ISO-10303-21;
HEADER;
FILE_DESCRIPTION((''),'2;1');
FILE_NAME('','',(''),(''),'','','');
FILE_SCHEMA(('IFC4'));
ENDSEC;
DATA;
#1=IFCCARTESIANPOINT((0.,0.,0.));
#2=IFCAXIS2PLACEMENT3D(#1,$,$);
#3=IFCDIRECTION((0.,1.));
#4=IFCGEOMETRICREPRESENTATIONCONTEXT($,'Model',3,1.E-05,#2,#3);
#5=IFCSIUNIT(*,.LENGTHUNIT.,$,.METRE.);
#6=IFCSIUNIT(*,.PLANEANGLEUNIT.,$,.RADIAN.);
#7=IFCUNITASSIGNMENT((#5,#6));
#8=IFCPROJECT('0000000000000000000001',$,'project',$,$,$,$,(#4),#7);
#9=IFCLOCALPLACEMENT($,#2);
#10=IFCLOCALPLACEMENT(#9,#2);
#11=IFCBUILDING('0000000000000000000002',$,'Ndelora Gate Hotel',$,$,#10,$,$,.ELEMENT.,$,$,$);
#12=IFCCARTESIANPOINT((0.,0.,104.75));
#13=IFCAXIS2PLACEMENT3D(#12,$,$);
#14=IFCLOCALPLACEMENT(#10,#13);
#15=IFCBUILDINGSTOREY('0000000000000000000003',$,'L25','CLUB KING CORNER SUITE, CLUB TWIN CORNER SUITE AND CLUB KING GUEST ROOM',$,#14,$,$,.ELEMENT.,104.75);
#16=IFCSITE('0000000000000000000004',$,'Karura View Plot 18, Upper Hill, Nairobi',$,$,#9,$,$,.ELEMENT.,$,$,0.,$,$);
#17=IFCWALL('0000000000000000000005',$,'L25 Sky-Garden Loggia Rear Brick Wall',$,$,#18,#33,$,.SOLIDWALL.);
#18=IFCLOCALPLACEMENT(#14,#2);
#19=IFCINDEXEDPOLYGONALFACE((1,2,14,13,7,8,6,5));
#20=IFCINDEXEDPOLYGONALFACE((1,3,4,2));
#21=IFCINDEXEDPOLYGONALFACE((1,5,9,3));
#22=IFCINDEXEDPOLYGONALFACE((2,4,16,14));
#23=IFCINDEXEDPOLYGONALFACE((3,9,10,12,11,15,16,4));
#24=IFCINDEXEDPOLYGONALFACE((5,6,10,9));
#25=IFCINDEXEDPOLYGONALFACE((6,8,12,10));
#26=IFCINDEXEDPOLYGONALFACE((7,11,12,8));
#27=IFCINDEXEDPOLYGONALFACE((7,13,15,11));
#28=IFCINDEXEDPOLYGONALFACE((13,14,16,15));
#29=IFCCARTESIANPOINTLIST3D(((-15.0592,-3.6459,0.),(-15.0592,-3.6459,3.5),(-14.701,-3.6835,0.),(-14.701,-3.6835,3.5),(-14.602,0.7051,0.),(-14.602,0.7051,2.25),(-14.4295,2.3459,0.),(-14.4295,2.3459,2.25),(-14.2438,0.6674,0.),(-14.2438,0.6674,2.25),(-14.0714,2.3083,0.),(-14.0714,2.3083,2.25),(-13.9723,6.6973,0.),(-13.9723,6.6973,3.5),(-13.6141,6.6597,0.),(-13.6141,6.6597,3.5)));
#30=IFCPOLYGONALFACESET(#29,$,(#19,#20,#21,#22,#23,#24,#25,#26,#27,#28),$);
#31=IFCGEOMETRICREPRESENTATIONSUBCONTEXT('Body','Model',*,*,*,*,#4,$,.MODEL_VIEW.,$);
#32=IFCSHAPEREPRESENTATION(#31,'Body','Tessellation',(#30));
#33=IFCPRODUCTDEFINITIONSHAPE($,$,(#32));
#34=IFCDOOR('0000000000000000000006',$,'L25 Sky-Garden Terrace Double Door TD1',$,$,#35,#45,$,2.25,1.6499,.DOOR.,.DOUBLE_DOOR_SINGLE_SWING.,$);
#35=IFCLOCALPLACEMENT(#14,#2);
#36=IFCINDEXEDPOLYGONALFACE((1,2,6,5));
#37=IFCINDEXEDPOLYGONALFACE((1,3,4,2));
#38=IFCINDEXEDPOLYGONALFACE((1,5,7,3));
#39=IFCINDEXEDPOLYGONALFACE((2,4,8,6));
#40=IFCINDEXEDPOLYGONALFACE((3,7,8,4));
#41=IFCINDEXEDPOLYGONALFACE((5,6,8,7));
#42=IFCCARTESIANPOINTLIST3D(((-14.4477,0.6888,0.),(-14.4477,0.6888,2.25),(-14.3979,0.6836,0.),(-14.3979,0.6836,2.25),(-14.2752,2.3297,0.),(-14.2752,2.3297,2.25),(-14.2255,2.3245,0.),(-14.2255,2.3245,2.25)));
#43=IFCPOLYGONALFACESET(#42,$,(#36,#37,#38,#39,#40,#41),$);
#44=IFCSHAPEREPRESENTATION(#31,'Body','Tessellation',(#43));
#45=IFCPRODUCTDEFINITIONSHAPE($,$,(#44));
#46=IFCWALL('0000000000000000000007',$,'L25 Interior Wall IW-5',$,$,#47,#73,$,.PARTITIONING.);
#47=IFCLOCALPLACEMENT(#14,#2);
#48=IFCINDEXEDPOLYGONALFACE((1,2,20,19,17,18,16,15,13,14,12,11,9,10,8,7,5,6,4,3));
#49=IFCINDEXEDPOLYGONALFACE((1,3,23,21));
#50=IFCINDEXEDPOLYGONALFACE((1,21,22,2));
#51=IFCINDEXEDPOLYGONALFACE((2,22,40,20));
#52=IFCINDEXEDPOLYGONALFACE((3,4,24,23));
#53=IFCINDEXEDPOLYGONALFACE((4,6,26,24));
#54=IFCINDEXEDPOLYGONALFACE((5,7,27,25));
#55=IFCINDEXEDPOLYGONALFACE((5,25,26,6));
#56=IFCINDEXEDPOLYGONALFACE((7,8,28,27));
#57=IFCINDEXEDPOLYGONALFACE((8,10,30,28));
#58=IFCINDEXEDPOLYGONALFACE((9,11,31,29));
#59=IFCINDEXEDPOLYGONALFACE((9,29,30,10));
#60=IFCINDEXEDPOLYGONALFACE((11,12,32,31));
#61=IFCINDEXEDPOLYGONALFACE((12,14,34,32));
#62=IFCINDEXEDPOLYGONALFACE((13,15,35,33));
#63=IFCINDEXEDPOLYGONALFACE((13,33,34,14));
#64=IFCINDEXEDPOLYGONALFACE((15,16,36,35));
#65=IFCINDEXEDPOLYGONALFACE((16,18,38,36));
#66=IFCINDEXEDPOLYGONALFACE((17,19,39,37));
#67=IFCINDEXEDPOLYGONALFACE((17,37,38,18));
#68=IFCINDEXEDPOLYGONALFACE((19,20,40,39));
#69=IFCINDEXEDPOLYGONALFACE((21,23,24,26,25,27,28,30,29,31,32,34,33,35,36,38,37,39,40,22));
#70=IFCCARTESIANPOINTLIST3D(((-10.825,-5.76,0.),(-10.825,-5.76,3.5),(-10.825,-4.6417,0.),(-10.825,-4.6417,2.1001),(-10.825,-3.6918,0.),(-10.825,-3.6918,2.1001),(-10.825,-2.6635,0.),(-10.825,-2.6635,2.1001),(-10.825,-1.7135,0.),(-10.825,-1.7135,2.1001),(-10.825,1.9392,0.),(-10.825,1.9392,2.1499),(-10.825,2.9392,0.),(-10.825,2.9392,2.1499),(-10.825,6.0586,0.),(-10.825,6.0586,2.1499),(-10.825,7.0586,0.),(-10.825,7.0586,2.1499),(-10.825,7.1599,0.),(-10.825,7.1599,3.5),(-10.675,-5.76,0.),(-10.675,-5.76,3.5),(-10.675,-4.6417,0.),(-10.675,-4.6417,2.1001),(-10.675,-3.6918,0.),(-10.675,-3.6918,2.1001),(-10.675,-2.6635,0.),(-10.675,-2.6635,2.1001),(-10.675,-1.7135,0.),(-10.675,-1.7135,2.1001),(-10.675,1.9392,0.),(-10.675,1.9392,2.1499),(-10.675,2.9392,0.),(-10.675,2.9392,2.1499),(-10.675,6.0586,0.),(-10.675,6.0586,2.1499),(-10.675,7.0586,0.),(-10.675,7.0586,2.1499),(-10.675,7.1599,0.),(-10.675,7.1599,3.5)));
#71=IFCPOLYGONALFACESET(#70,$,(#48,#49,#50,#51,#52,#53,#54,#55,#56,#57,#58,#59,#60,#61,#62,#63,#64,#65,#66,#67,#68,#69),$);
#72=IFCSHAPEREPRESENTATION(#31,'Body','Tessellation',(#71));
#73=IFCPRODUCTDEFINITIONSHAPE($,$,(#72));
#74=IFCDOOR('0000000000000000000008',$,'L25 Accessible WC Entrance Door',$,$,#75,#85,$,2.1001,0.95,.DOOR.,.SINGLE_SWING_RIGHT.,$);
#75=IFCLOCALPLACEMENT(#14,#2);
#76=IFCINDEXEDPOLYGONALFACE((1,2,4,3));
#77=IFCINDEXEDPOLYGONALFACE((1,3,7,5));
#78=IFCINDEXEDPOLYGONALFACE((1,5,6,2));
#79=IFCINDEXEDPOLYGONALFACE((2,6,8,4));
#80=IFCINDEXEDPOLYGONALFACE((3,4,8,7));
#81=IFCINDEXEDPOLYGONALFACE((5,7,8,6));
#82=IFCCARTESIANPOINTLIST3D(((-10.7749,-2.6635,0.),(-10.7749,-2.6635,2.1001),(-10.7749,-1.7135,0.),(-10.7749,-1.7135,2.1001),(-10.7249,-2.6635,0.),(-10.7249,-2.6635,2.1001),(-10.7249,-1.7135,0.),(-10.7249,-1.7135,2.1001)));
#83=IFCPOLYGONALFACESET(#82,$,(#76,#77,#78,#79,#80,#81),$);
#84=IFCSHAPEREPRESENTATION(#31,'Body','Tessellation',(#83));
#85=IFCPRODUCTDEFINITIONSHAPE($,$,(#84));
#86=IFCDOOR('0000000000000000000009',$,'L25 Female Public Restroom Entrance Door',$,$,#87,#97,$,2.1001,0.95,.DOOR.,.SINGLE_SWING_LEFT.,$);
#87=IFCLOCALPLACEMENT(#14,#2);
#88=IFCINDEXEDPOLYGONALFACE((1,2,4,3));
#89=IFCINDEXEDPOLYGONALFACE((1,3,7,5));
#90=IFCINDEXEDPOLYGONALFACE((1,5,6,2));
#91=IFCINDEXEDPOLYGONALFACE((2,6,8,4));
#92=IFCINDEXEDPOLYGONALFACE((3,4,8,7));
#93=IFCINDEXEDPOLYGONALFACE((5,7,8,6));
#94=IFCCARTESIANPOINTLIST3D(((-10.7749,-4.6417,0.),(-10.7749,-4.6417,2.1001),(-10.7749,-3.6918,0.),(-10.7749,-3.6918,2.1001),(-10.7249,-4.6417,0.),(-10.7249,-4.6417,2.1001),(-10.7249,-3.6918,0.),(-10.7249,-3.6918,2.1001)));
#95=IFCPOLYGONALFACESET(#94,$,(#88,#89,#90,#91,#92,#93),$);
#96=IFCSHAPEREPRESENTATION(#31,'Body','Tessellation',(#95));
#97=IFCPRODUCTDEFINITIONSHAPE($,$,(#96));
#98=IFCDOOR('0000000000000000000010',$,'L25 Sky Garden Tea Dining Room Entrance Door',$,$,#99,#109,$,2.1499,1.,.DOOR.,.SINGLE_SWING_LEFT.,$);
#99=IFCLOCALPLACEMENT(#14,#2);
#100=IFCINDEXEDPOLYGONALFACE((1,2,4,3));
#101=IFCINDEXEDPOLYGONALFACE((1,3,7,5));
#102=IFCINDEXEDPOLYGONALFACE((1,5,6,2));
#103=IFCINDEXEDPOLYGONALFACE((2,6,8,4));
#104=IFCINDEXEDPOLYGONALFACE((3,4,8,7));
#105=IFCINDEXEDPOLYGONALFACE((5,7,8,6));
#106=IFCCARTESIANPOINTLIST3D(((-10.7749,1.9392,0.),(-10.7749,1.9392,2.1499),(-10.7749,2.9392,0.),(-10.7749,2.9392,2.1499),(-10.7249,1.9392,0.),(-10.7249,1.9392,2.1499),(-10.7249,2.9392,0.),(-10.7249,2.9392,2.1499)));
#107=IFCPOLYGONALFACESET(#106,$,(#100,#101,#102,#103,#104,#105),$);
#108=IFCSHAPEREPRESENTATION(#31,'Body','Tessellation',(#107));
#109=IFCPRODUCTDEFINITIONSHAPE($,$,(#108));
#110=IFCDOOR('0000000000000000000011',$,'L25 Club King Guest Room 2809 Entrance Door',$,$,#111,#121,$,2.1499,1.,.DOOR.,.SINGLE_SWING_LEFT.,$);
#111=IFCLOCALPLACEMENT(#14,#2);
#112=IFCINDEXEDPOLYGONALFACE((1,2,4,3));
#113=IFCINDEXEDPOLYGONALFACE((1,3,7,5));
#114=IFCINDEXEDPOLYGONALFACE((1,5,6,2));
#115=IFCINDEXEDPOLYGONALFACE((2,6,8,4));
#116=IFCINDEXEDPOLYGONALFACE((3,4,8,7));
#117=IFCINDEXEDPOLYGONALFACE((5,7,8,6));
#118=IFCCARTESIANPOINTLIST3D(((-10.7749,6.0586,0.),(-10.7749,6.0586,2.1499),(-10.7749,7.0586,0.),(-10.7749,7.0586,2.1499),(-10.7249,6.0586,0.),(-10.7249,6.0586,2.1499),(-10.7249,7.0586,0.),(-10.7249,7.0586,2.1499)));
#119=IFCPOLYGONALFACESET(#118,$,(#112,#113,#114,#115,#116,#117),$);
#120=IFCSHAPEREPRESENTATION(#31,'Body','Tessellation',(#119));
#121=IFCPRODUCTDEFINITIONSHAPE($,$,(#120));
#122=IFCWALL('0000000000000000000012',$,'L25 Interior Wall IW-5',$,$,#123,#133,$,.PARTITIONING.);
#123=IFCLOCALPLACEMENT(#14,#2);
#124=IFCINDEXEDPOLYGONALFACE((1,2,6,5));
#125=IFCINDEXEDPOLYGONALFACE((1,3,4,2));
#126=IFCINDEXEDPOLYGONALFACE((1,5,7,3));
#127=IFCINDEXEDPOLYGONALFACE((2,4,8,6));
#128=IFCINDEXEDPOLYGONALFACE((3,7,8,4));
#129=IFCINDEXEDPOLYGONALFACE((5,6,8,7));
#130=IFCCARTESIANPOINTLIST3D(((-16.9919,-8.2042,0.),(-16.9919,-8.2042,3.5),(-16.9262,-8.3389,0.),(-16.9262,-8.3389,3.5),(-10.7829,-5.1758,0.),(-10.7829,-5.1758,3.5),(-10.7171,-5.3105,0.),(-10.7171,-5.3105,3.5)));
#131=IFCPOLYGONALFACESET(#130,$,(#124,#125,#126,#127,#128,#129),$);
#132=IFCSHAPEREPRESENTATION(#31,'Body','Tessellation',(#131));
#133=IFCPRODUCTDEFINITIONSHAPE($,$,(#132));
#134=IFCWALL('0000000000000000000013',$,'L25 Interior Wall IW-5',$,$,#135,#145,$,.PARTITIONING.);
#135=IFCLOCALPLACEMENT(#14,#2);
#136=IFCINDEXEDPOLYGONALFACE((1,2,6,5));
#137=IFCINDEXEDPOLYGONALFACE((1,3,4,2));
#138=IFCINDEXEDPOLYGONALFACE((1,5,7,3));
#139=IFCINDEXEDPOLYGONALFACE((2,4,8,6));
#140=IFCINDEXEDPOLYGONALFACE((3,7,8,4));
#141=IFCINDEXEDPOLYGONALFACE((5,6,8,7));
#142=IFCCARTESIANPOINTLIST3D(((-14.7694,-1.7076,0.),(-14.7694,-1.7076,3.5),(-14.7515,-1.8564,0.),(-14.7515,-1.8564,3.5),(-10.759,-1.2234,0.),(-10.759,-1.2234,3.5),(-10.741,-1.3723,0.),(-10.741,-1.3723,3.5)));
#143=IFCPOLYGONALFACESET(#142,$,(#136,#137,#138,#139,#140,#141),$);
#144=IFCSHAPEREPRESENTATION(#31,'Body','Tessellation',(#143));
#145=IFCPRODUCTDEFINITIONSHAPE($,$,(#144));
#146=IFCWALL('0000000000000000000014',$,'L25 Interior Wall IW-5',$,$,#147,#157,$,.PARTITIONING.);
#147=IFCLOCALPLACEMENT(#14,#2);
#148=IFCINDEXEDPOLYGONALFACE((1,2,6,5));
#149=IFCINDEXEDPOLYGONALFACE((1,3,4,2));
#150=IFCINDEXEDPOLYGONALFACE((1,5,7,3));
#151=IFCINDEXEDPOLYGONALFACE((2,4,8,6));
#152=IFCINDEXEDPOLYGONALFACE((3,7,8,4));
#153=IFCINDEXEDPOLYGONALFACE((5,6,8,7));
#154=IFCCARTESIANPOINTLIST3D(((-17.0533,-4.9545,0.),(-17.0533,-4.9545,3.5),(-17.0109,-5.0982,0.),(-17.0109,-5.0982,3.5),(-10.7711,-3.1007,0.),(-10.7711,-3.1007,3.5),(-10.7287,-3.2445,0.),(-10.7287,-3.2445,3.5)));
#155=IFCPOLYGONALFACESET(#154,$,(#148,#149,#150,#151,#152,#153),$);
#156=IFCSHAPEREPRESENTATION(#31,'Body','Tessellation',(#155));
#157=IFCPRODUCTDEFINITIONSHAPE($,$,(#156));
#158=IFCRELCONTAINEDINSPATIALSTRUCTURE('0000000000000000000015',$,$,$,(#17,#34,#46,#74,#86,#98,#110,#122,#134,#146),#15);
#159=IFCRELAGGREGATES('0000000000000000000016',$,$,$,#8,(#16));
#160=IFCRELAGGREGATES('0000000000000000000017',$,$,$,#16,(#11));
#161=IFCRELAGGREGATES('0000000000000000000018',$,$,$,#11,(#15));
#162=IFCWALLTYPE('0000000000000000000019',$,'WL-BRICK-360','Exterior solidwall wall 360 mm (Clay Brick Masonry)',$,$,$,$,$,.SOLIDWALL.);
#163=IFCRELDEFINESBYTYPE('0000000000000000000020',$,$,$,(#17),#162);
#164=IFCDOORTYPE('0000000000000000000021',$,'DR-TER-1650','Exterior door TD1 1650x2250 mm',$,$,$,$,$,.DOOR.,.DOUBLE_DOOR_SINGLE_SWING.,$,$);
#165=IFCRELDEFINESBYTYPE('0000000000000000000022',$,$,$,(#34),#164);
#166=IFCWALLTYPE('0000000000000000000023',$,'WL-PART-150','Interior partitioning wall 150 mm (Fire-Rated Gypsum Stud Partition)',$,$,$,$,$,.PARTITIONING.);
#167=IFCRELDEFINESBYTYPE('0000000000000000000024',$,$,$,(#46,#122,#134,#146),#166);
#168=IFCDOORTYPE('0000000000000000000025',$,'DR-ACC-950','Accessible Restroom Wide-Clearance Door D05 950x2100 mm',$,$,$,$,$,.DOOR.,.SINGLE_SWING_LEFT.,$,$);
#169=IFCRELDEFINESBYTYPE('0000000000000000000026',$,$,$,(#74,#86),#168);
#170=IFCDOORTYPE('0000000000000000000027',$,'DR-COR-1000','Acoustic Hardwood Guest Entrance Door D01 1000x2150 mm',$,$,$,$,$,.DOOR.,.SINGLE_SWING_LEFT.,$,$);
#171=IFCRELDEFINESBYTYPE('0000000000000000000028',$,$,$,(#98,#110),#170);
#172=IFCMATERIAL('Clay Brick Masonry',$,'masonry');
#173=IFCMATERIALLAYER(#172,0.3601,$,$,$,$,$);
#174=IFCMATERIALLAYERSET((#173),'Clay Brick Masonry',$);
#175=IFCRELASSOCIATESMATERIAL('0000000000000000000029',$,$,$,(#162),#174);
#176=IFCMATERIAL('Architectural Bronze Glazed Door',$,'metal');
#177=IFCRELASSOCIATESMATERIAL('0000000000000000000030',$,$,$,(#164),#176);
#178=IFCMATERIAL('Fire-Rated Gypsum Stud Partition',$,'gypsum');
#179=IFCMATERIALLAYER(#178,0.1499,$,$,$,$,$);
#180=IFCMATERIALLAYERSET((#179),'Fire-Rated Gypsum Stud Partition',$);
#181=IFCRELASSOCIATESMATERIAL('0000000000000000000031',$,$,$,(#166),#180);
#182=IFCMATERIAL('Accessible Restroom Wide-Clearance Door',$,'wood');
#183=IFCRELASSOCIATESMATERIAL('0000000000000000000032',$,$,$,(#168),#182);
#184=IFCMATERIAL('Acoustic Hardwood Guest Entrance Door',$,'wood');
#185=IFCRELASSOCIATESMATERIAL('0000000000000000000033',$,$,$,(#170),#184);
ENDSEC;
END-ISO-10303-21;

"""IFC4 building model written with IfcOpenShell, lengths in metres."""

from ifc_helpers import new_model, si_unit, direction, frame, frame_2d, origin, place, context, subcontext, project, spatial, rectangle, extrude, material, layer, layer_set, type_object, element, fill, save


model = new_model("IFC4")

# Units and contexts
model_context = context("Model", 3, precision=1e-05, world=origin(), true_north=direction((0.0, 1.0)))
body_context = subcontext(model_context, "Body", "Model", "MODEL_VIEW")
ifc_project = project(units=[si_unit("LENGTHUNIT", "METRE"), si_unit("PLANEANGLEUNIT", "RADIAN")], contexts=[model_context])

# Site, building, storey
site_placement = place(None, origin())
site = spatial("IfcSite", under=ifc_project, at=site_placement, Name="Karura View Plot 18, Upper Hill, Nairobi", CompositionType="ELEMENT", RefElevation=0.0)
building_placement = place(site_placement, origin())
building = spatial("IfcBuilding", under=site, at=building_placement, Name="Ndelora Gate Hotel", CompositionType="ELEMENT")
storey_placement = place(building_placement, frame((0.0, 0.0, 104.75)))
storey = spatial("IfcBuildingStorey", under=building, at=storey_placement, Name="L25", Description="CLUB KING CORNER SUITE, CLUB TWIN CORNER SUITE AND CLUB KING GUEST ROOM", CompositionType="ELEMENT", Elevation=104.75)

# Wall, opening, door
ifc_material_1 = material(Name="Clay Brick Masonry", Category="masonry")
ifc_layer_1 = layer(ifc_material_1, 0.3601)
ifc_layer_set_1 = layer_set([ifc_layer_1], Name="Clay Brick Masonry")
wall_type_1 = type_object("IfcWallType", Name="WL-BRICK-360", Description="Exterior solidwall wall 360 mm (Clay Brick Masonry)", PredefinedType="SOLIDWALL", material=ifc_layer_set_1)
wall_1_placement = place(storey_placement, frame((-14.8801, -3.6648, 0.0), z_axis=(0.0, 0.0, 1.0), x_axis=(0.104509, 0.994524, 0.0)))
wall_1 = element("IfcWall", 1, at=wall_1_placement, inside=storey, type_object=wall_type_1, Name="L25 Sky-Garden Loggia Rear Brick Wall", PredefinedType="SOLIDWALL", context=body_context, shape_type="SweptSolid", body=[
    extrude(rectangle(XDim=10.4001, YDim=0.3601, at=frame_2d((5.2002, 0.0))), origin(), (0.0, 0.0, 1.0), 3.5),
])
opening_1_placement = place(wall_1_placement, frame((4.375, 0.0, 0.0)))
opening_1 = element("IfcOpeningElement", 2, at=opening_1_placement, cuts=wall_1, PredefinedType="OPENING", context=body_context, shape_type="SweptSolid", body=[
    extrude(rectangle(XDim=1.6499, YDim=2.25, at=frame_2d((0.825, 1.125))), frame((0.0, 0.1899, 0.0), z_axis=(0.0, -1.0, 0.0), x_axis=(1.0, 0.0, 0.0)), (0.0, 0.0, 1.0), 0.3801),
])
ifc_material_2 = material(Name="Architectural Bronze Glazed Door", Category="metal")
door_type_1 = type_object("IfcDoorType", Name="DR-TER-1650", Description="Exterior door TD1 1650x2250 mm", OperationType="DOUBLE_DOOR_SINGLE_SWING", PredefinedType="DOOR", material=ifc_material_2)
door_1_placement = place(opening_1_placement, origin())
door_1 = element("IfcDoor", 3, at=door_1_placement, inside=storey, type_object=door_type_1, Name="L25 Sky-Garden Terrace Double Door TD1", OperationType="DOUBLE_DOOR_SINGLE_SWING", OverallHeight=2.25, OverallWidth=1.6499, PredefinedType="DOOR", context=body_context, shape_type="SweptSolid", body=[
    extrude(rectangle(XDim=1.6499, YDim=2.25, at=frame_2d((0.825, 1.125))), frame((0.0, 0.0249, 0.0), z_axis=(0.0, -1.0, 0.0), x_axis=(1.0, 0.0, 0.0)), (0.0, 0.0, 1.0), 0.05),
])
fill(opening_1, door_1)
ifc_material_3 = material(Name="Fire-Rated Gypsum Stud Partition", Category="gypsum")
ifc_layer_2 = layer(ifc_material_3, 0.1499)
ifc_layer_set_2 = layer_set([ifc_layer_2], Name="Fire-Rated Gypsum Stud Partition")
wall_type_2 = type_object("IfcWallType", Name="WL-PART-150", Description="Interior partitioning wall 150 mm (Fire-Rated Gypsum Stud Partition)", PredefinedType="PARTITIONING", material=ifc_layer_set_2)

# Wall, openings, doors
wall_2_placement = place(storey_placement, frame((-10.75, -5.76, 0.0), z_axis=(0.0, 0.0, 1.0), x_axis=(0.0, 1.0, 0.0)))
wall_2 = element("IfcWall", 4, at=wall_2_placement, inside=storey, type_object=wall_type_2, Name="L25 Interior Wall IW-5", PredefinedType="PARTITIONING", context=body_context, shape_type="SweptSolid", body=[
    extrude(rectangle(XDim=12.9199, YDim=0.1499, at=frame_2d((6.46, 0.0))), origin(), (0.0, 0.0, 1.0), 3.5),
])
opening_2_placement = place(wall_2_placement, frame((3.0964, 0.0, 0.0)))
opening_2 = element("IfcOpeningElement", 5, at=opening_2_placement, cuts=wall_2, PredefinedType="OPENING", context=body_context, shape_type="SweptSolid", body=[
    extrude(rectangle(XDim=0.95, YDim=2.1001, at=frame_2d((0.4751, 1.05))), frame((0.0, 0.085, 0.0), z_axis=(0.0, -1.0, 0.0), x_axis=(1.0, 0.0, 0.0)), (0.0, 0.0, 1.0), 0.1699),
])
opening_3_placement = place(wall_2_placement, frame((1.1182, 0.0, 0.0)))
opening_3 = element("IfcOpeningElement", 6, at=opening_3_placement, cuts=wall_2, PredefinedType="OPENING", context=body_context, shape_type="SweptSolid", body=[
    extrude(rectangle(XDim=0.95, YDim=2.1001, at=frame_2d((0.4751, 1.05))), frame((0.0, 0.085, 0.0), z_axis=(0.0, -1.0, 0.0), x_axis=(1.0, 0.0, 0.0)), (0.0, 0.0, 1.0), 0.1699),
])
opening_4_placement = place(wall_2_placement, frame((7.6992, 0.0, 0.0)))
opening_4 = element("IfcOpeningElement", 7, at=opening_4_placement, cuts=wall_2, PredefinedType="OPENING", context=body_context, shape_type="SweptSolid", body=[
    extrude(rectangle(XDim=1.0, YDim=2.1499, at=frame_2d((0.5, 1.075))), frame((0.0, 0.085, 0.0), z_axis=(0.0, -1.0, 0.0), x_axis=(1.0, 0.0, 0.0)), (0.0, 0.0, 1.0), 0.1699),
])
opening_5_placement = place(wall_2_placement, frame((11.8186, 0.0, 0.0)))
opening_5 = element("IfcOpeningElement", 8, at=opening_5_placement, cuts=wall_2, PredefinedType="OPENING", context=body_context, shape_type="SweptSolid", body=[
    extrude(rectangle(XDim=1.0, YDim=2.1499, at=frame_2d((0.5, 1.075))), frame((0.0, 0.085, 0.0), z_axis=(0.0, -1.0, 0.0), x_axis=(1.0, 0.0, 0.0)), (0.0, 0.0, 1.0), 0.1699),
])
ifc_material_4 = material(Name="Accessible Restroom Wide-Clearance Door", Category="wood")
door_type_2 = type_object("IfcDoorType", Name="DR-ACC-950", Description="Accessible Restroom Wide-Clearance Door D05 950x2100 mm", OperationType="SINGLE_SWING_LEFT", PredefinedType="DOOR", material=ifc_material_4)
door_2_placement = place(opening_2_placement, origin())
door_2 = element("IfcDoor", 9, at=door_2_placement, inside=storey, type_object=door_type_2, Name="L25 Accessible WC Entrance Door", OperationType="SINGLE_SWING_RIGHT", OverallHeight=2.1001, OverallWidth=0.95, PredefinedType="DOOR", context=body_context, shape_type="SweptSolid", body=[
    extrude(rectangle(XDim=0.95, YDim=2.1001, at=frame_2d((0.4751, 1.05))), frame((0.0, 0.0249, 0.0), z_axis=(0.0, -1.0, 0.0), x_axis=(1.0, 0.0, 0.0)), (0.0, 0.0, 1.0), 0.05),
])
fill(opening_2, door_2)
door_3_placement = place(opening_3_placement, origin())
door_3 = element("IfcDoor", 10, at=door_3_placement, inside=storey, type_object=door_type_2, Name="L25 Female Public Restroom Entrance Door", OperationType="SINGLE_SWING_LEFT", OverallHeight=2.1001, OverallWidth=0.95, PredefinedType="DOOR", context=body_context, shape_type="SweptSolid", body=[
    extrude(rectangle(XDim=0.95, YDim=2.1001, at=frame_2d((0.4751, 1.05))), frame((0.0, 0.0249, 0.0), z_axis=(0.0, -1.0, 0.0), x_axis=(1.0, 0.0, 0.0)), (0.0, 0.0, 1.0), 0.05),
])
fill(opening_3, door_3)
ifc_material_5 = material(Name="Acoustic Hardwood Guest Entrance Door", Category="wood")
door_type_3 = type_object("IfcDoorType", Name="DR-COR-1000", Description="Acoustic Hardwood Guest Entrance Door D01 1000x2150 mm", OperationType="SINGLE_SWING_LEFT", PredefinedType="DOOR", material=ifc_material_5)
door_4_placement = place(opening_4_placement, origin())
door_4 = element("IfcDoor", 11, at=door_4_placement, inside=storey, type_object=door_type_3, Name="L25 Sky Garden Tea Dining Room Entrance Door", OperationType="SINGLE_SWING_LEFT", OverallHeight=2.1499, OverallWidth=1.0, PredefinedType="DOOR", context=body_context, shape_type="SweptSolid", body=[
    extrude(rectangle(XDim=1.0, YDim=2.1499, at=frame_2d((0.5, 1.075))), frame((0.0, 0.0249, 0.0), z_axis=(0.0, -1.0, 0.0), x_axis=(1.0, 0.0, 0.0)), (0.0, 0.0, 1.0), 0.05),
])
fill(opening_4, door_4)
door_5_placement = place(opening_5_placement, origin())
door_5 = element("IfcDoor", 12, at=door_5_placement, inside=storey, type_object=door_type_3, Name="L25 Club King Guest Room 2809 Entrance Door", OperationType="SINGLE_SWING_LEFT", OverallHeight=2.1499, OverallWidth=1.0, PredefinedType="DOOR", context=body_context, shape_type="SweptSolid", body=[
    extrude(rectangle(XDim=1.0, YDim=2.1499, at=frame_2d((0.5, 1.075))), frame((0.0, 0.0249, 0.0), z_axis=(0.0, -1.0, 0.0), x_axis=(1.0, 0.0, 0.0)), (0.0, 0.0, 1.0), 0.05),
])
fill(opening_5, door_5)

# Walls
wall_3_placement = place(storey_placement, frame((-10.75, -5.2432, 0.0), z_axis=(0.0, 0.0, 1.0), x_axis=(-0.898794, -0.438371, 0.0)))
element("IfcWall", 13, at=wall_3_placement, inside=storey, type_object=wall_type_2, Name="L25 Interior Wall IW-5", PredefinedType="PARTITIONING", context=body_context, shape_type="SweptSolid", body=[
    extrude(rectangle(XDim=6.9082, YDim=0.1499, at=frame_2d((3.4541, 0.0))), origin(), (0.0, 0.0, 1.0), 3.5),
])
wall_4_placement = place(storey_placement, frame((-10.75, -1.2979, 0.0), z_axis=(0.0, 0.0, 1.0), x_axis=(-0.992793, -0.119846, 0.0)))
element("IfcWall", 14, at=wall_4_placement, inside=storey, type_object=wall_type_2, Name="L25 Interior Wall IW-5", PredefinedType="PARTITIONING", context=body_context, shape_type="SweptSolid", body=[
    extrude(rectangle(XDim=4.0396, YDim=0.1499, at=frame_2d((2.0198, 0.0))), origin(), (0.0, 0.0, 1.0), 3.5),
])
wall_5_placement = place(storey_placement, frame((-10.75, -3.1726, 0.0), z_axis=(0.0, 0.0, 1.0), x_axis=(-0.959115, -0.283016, 0.0)))
element("IfcWall", 15, at=wall_5_placement, inside=storey, type_object=wall_type_2, Name="L25 Interior Wall IW-5", PredefinedType="PARTITIONING", context=body_context, shape_type="SweptSolid", body=[
    extrude(rectangle(XDim=6.55, YDim=0.1499, at=frame_2d((3.2749, 0.0))), origin(), (0.0, 0.0, 1.0), 3.5),
])

save(model, "model.ifc")
